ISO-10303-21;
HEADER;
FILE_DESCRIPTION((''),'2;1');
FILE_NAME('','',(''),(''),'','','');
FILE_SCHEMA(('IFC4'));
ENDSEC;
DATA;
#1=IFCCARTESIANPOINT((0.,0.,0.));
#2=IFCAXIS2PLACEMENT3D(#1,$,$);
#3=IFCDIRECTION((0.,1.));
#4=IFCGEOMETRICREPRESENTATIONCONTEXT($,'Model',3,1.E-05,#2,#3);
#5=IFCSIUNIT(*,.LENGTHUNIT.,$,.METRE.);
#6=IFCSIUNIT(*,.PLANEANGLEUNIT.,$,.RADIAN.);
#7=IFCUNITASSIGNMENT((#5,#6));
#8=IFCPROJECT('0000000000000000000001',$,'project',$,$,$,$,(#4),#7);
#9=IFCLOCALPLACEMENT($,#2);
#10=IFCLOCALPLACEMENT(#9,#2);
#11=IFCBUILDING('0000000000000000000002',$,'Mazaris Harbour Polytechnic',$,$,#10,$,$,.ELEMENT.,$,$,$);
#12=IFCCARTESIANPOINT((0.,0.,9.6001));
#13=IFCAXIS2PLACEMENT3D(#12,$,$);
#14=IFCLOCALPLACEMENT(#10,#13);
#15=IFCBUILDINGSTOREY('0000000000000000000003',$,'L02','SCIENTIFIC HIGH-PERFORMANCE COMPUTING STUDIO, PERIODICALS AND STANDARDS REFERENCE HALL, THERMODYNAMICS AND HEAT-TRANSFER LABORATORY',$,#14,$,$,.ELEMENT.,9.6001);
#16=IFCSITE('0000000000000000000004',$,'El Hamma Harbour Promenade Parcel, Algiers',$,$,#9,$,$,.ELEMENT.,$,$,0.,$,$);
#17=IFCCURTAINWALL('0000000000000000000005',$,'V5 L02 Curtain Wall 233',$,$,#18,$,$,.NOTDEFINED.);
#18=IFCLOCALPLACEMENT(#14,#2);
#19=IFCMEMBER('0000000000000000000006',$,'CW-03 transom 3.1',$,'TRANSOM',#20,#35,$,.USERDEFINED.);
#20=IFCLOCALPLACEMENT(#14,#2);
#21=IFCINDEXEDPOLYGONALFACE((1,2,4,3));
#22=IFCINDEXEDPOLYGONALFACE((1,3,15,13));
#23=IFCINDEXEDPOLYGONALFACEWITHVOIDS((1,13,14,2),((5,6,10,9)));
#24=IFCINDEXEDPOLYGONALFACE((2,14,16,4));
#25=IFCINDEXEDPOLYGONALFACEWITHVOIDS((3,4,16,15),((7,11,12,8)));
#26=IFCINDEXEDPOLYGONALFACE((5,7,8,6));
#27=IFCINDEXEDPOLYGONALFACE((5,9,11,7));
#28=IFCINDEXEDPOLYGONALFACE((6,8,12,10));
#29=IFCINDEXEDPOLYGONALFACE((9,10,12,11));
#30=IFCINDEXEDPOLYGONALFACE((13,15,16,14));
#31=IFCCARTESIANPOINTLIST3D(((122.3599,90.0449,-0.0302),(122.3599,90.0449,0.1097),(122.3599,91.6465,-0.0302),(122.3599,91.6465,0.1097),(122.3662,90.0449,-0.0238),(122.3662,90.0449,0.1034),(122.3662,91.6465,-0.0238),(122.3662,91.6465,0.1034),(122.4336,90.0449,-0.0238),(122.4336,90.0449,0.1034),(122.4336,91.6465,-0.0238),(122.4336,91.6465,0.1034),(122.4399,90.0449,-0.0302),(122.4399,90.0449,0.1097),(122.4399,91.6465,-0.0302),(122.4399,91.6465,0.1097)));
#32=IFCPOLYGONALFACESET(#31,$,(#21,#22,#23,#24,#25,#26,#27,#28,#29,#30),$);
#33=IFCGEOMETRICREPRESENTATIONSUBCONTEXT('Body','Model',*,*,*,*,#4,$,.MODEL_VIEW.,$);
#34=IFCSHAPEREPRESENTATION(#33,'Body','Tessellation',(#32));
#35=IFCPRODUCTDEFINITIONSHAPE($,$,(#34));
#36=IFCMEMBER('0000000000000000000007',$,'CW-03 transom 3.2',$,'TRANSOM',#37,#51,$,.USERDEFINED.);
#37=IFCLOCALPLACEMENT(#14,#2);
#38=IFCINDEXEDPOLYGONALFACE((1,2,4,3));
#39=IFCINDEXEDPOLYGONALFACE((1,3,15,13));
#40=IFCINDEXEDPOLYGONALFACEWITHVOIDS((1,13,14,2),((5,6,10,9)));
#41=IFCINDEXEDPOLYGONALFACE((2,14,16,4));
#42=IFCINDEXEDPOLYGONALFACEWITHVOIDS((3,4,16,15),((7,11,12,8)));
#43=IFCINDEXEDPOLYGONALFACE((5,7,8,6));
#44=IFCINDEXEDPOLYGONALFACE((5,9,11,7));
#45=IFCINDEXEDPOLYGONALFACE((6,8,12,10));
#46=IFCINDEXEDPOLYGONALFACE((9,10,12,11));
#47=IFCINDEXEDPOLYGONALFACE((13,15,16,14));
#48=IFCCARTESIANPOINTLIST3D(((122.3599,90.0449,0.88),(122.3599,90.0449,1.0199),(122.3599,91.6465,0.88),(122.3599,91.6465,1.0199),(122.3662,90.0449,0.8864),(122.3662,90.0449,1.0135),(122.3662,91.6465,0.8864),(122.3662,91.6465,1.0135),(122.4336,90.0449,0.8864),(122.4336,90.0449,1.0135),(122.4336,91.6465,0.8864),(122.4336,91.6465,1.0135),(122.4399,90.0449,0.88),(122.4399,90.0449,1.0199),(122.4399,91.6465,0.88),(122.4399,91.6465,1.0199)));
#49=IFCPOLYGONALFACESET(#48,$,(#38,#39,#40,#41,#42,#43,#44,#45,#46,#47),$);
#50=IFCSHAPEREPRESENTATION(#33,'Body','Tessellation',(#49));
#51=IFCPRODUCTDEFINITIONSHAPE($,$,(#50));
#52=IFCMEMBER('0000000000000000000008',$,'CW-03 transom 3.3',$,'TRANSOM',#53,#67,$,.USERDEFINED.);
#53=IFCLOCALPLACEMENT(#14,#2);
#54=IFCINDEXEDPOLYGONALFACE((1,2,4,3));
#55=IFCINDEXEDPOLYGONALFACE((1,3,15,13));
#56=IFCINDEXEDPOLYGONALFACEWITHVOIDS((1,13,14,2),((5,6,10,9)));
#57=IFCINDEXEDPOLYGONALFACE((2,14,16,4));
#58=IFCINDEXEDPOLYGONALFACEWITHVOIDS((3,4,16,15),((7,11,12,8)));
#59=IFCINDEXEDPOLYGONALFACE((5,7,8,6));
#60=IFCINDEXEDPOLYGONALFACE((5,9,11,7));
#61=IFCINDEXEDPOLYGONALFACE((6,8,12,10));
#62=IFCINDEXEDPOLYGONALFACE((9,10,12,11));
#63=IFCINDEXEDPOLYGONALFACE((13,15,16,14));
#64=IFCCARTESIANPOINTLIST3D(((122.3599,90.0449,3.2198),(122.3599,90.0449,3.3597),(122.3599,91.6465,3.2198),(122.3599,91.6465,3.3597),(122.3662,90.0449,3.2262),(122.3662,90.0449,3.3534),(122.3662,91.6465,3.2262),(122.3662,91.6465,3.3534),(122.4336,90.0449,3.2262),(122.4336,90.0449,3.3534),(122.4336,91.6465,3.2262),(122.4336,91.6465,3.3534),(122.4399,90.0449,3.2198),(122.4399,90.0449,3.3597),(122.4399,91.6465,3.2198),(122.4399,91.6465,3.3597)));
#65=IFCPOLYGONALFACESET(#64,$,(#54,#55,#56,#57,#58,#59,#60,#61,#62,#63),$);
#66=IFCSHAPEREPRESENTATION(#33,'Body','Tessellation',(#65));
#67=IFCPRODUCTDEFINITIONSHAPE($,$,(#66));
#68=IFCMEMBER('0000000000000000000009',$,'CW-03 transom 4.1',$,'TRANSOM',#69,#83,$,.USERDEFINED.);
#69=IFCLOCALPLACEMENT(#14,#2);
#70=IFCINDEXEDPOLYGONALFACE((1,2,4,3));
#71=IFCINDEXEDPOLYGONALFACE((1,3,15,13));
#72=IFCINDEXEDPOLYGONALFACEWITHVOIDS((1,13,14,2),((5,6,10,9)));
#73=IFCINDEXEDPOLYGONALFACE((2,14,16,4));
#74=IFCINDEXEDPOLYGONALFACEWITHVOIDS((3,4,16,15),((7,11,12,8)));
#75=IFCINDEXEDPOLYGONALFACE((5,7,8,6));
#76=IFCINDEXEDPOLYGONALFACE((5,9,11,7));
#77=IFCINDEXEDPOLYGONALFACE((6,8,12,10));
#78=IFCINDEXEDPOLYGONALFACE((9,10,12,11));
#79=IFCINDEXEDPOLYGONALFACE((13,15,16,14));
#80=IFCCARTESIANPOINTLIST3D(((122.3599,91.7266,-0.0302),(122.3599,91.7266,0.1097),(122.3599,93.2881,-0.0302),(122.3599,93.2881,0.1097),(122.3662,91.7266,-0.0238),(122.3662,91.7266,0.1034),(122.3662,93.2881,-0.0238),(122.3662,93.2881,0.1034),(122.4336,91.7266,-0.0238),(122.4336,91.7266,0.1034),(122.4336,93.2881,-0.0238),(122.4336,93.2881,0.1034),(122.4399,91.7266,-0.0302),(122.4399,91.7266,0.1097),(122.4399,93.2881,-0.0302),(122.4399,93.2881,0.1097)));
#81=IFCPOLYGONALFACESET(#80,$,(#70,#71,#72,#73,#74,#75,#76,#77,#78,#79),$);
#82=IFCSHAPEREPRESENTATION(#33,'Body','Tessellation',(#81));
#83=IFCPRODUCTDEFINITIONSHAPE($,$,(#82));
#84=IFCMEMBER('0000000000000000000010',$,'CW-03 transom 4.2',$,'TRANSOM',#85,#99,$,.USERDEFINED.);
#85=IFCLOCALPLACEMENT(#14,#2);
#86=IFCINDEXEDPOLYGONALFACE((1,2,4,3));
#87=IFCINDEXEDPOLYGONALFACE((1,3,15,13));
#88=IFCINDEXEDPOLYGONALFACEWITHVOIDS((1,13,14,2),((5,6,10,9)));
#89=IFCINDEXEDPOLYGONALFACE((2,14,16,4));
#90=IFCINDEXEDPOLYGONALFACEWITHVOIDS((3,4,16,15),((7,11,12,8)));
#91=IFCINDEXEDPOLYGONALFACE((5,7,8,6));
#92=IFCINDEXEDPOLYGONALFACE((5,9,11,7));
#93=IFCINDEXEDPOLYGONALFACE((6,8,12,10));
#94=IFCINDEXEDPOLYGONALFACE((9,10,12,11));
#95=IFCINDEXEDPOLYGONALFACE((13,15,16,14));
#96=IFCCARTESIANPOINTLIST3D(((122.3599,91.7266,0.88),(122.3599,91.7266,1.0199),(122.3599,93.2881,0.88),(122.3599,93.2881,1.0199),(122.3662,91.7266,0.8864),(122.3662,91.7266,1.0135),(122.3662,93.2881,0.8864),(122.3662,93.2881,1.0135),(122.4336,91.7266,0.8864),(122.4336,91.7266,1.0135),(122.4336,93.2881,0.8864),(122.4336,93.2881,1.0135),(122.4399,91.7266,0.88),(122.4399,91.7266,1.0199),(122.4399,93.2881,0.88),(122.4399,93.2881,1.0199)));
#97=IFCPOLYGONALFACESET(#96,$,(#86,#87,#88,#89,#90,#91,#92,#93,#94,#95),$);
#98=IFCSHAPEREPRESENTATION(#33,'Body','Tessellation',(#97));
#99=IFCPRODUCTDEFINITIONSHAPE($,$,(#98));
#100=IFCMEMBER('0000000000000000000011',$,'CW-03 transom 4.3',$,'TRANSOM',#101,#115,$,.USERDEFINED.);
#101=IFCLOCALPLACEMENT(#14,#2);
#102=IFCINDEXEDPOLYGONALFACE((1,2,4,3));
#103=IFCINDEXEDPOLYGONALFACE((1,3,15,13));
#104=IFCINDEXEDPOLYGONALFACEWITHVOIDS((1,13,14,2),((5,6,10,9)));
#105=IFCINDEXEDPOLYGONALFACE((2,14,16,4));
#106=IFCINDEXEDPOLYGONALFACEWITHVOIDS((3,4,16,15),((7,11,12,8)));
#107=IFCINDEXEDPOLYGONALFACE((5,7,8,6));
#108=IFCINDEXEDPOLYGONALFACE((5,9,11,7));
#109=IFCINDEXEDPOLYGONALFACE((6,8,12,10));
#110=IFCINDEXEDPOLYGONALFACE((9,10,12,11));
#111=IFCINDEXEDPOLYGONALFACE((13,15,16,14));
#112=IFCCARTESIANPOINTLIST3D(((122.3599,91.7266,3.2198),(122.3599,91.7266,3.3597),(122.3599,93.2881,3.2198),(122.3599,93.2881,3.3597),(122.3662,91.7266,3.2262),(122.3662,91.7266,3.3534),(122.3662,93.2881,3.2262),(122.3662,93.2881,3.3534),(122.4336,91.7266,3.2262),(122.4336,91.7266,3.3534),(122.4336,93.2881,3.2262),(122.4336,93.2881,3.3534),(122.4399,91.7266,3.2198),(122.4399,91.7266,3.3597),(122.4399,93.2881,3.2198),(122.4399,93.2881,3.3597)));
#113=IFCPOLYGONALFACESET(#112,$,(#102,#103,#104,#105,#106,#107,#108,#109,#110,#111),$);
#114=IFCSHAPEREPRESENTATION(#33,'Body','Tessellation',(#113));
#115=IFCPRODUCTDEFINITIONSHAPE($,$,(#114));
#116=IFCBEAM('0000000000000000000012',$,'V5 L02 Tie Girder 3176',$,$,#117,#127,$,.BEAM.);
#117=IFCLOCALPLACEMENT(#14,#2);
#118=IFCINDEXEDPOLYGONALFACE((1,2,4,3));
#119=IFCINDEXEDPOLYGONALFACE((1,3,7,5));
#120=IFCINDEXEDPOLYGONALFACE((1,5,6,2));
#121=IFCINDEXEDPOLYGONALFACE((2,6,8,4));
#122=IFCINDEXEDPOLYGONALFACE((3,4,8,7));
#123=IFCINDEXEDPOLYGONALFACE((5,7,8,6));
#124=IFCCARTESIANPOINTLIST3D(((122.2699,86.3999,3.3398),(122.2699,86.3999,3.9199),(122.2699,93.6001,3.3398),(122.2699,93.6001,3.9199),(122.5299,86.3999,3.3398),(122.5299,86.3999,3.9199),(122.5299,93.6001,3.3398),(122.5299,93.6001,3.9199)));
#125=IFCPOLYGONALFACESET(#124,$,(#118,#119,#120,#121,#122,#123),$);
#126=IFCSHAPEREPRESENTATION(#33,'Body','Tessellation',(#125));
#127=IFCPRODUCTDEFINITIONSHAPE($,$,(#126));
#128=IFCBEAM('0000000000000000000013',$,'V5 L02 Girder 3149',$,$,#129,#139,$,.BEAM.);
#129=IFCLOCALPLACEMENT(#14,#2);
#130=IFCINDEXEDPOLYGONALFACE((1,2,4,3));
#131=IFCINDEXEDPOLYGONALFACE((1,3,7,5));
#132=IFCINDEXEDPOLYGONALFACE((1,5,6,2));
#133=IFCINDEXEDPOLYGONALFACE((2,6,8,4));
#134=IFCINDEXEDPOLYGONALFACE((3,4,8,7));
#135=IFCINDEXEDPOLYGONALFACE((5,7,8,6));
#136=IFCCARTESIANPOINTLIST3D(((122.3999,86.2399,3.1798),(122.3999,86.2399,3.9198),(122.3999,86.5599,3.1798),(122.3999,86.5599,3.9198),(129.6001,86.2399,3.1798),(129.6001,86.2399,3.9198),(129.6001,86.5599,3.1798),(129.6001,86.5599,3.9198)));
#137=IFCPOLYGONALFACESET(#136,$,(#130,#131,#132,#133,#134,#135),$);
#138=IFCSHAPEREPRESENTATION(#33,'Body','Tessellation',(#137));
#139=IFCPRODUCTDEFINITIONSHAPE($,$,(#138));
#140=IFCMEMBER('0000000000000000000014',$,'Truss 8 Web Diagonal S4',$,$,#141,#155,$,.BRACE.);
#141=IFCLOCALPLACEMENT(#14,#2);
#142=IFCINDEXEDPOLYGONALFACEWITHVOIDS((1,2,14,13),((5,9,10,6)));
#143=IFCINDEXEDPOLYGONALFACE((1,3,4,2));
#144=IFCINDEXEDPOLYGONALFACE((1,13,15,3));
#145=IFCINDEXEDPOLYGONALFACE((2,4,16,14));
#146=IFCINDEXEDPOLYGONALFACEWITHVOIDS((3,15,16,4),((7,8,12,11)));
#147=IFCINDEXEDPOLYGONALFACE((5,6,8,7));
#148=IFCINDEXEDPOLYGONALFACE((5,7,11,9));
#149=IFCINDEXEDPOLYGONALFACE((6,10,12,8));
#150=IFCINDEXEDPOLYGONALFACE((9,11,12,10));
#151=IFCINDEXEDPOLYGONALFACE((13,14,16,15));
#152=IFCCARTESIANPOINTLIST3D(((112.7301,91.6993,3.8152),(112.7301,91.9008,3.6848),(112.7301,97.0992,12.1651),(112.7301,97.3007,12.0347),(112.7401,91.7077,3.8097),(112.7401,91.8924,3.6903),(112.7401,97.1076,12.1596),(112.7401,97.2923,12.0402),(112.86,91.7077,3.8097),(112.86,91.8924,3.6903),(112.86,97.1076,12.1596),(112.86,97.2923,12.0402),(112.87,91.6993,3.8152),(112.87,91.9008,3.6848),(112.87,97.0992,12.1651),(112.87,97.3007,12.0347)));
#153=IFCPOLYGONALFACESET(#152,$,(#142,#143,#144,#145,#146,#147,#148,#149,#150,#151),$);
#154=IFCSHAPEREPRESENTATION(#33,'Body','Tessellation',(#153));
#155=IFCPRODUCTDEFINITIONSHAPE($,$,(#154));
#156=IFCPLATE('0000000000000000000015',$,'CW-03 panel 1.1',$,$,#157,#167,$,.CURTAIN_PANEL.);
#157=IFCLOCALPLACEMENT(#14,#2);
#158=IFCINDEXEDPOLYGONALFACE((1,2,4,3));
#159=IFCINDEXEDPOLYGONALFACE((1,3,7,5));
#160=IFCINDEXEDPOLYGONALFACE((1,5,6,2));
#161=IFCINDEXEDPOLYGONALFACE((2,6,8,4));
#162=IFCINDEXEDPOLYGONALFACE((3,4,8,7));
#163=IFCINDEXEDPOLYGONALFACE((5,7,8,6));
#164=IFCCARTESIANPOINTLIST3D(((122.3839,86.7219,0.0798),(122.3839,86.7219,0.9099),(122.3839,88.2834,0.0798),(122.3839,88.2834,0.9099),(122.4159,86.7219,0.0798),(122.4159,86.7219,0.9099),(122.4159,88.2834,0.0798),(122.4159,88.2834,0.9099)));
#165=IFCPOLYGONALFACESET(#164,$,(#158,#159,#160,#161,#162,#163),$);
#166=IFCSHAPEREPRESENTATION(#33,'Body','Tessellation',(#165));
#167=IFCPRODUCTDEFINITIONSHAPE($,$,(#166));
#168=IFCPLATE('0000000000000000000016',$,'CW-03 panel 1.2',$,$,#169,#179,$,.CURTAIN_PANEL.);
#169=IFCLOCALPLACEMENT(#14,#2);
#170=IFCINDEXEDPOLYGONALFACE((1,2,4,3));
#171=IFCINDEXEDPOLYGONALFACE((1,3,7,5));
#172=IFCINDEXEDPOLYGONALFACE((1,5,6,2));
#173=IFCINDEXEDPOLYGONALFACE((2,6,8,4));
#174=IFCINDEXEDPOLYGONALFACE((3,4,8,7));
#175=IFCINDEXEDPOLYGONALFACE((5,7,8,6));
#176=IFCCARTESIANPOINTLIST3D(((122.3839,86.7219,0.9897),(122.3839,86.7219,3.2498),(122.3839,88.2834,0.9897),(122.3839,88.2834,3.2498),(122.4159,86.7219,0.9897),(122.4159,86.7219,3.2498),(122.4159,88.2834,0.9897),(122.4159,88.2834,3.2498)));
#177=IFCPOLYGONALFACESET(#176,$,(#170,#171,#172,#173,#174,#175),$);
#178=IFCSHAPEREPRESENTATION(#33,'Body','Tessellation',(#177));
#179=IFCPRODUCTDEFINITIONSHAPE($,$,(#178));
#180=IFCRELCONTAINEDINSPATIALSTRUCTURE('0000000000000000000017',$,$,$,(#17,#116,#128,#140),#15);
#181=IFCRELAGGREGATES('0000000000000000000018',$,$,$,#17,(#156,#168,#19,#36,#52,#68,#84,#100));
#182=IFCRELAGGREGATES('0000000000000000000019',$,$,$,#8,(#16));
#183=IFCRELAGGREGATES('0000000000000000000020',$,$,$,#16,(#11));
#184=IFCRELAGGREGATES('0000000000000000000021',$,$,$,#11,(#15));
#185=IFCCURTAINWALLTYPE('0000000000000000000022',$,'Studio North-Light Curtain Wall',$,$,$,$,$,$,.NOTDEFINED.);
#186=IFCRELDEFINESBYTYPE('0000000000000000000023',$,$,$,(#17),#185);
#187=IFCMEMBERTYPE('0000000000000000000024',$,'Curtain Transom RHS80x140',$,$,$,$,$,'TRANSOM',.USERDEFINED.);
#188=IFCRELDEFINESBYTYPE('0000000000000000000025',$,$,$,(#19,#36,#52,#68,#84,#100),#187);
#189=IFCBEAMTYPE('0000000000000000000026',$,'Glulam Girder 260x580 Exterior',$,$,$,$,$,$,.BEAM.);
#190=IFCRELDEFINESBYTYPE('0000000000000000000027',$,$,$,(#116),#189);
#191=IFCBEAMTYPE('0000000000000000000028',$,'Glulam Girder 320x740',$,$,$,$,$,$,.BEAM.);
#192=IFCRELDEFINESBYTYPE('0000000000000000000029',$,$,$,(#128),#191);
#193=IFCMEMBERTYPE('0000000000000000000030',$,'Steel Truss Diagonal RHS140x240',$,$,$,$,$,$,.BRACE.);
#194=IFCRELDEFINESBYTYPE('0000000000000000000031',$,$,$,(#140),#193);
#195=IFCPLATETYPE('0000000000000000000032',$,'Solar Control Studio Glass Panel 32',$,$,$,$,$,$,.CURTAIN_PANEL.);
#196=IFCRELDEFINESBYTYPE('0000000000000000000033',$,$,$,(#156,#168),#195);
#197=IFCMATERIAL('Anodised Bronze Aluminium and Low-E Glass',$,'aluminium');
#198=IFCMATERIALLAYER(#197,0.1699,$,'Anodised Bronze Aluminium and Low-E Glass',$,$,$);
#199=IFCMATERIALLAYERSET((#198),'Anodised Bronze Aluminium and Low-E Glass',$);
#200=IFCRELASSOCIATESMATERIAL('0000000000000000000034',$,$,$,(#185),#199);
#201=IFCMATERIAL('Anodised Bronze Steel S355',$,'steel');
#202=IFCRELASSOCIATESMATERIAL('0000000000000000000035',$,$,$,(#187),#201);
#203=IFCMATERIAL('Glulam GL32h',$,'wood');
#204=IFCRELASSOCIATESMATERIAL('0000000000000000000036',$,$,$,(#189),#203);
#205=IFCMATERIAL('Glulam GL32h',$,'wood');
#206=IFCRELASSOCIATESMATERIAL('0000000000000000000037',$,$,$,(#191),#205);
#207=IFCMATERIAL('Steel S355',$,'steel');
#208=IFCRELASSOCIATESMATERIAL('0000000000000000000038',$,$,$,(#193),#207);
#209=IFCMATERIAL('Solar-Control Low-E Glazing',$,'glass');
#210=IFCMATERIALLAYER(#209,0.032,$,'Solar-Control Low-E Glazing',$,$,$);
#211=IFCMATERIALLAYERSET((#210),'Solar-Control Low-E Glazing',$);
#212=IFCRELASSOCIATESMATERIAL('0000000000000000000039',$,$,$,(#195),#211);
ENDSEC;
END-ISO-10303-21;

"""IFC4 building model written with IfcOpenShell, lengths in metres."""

from ifc_helpers import new_model, si_unit, direction, frame, origin, origin_2d, place, context, subcontext, project, spatial, rectangle, hollow_rectangle, extrude, material, layer, layer_set, material_profile, profile_set, type_object, element, aggregate, save


model = new_model("IFC4")

# Units and contexts
model_context = context("Model", 3, precision=1e-05, world=origin(), true_north=direction((0.0, 1.0)))
body_context = subcontext(model_context, "Body", "Model", "MODEL_VIEW")
ifc_project = project(units=[si_unit("LENGTHUNIT", "METRE"), si_unit("PLANEANGLEUNIT", "RADIAN")], contexts=[model_context])

# Site, building, storey
site_placement = place(None, origin())
site = spatial("IfcSite", under=ifc_project, at=site_placement, Name="El Hamma Harbour Promenade Parcel, Algiers", CompositionType="ELEMENT", RefElevation=0.0)
building_placement = place(site_placement, origin())
building = spatial("IfcBuilding", under=site, at=building_placement, Name="Mazaris Harbour Polytechnic", CompositionType="ELEMENT")
storey_placement = place(building_placement, frame((0.0, 0.0, 9.6001)))
storey = spatial("IfcBuildingStorey", under=building, at=storey_placement, Name="L02", Description="SCIENTIFIC HIGH-PERFORMANCE COMPUTING STUDIO, PERIODICALS AND STANDARDS REFERENCE HALL, THERMODYNAMICS AND HEAT-TRANSFER LABORATORY", CompositionType="ELEMENT", Elevation=9.6001)

# Curtain wall, members
ifc_material_1 = material(Name="Anodised Bronze Aluminium and Low-E Glass", Category="aluminium")
ifc_layer_1 = layer(ifc_material_1, 0.1699, Name="Anodised Bronze Aluminium and Low-E Glass")
ifc_layer_set_1 = layer_set([ifc_layer_1], Name="Anodised Bronze Aluminium and Low-E Glass")
curtain_wall_type = type_object("IfcCurtainWallType", Name="Studio North-Light Curtain Wall", PredefinedType="NOTDEFINED", material=ifc_layer_set_1)
curtain_wall_placement = place(storey_placement, origin())
curtain_wall = element("IfcCurtainWall", 1, at=curtain_wall_placement, inside=storey, type_object=curtain_wall_type, Name="V5 L02 Curtain Wall 233", PredefinedType="NOTDEFINED")
ifc_material_2 = material(Name="Anodised Bronze Steel S355", Category="steel")
ifc_material_profile_1 = material_profile(ifc_material_2, hollow_rectangle(XDim=0.0801, YDim=0.1399, WallThickness=0.0063, at=origin_2d()), Name="RHS 80x140x6.3")
ifc_profile_set_1 = profile_set([ifc_material_profile_1], Name="Anodised Bronze Steel S355")
member_type_1 = type_object("IfcMemberType", Name="Curtain Transom RHS80x140", ElementType="TRANSOM", PredefinedType="USERDEFINED", material=ifc_profile_set_1)
member_1_placement = place(storey_placement, frame((122.3999, 90.0449, 0.0398), z_axis=(0.0, 1.0, 0.0), x_axis=(-1.0, 0.0, 0.0)))
member_1 = element("IfcMember", 2, at=member_1_placement, type_object=member_type_1, Name="CW-03 transom 3.1", ObjectType="TRANSOM", PredefinedType="USERDEFINED", context=body_context, shape_type="SweptSolid", body=[
    extrude(hollow_rectangle(XDim=0.0801, YDim=0.1399, WallThickness=0.0063, at=origin_2d()), origin(), (0.0, 0.0, 1.0), 1.6016),
])
member_2_placement = place(storey_placement, frame((122.3999, 90.0449, 0.95), z_axis=(0.0, 1.0, 0.0), x_axis=(-1.0, 0.0, 0.0)))
member_2 = element("IfcMember", 3, at=member_2_placement, type_object=member_type_1, Name="CW-03 transom 3.2", ObjectType="TRANSOM", PredefinedType="USERDEFINED", context=body_context, shape_type="SweptSolid", body=[
    extrude(hollow_rectangle(XDim=0.0801, YDim=0.1399, WallThickness=0.0063, at=origin_2d()), origin(), (0.0, 0.0, 1.0), 1.6016),
])
member_3_placement = place(storey_placement, frame((122.3999, 90.0449, 3.2898), z_axis=(0.0, 1.0, 0.0), x_axis=(-1.0, 0.0, 0.0)))
member_3 = element("IfcMember", 4, at=member_3_placement, type_object=member_type_1, Name="CW-03 transom 3.3", ObjectType="TRANSOM", PredefinedType="USERDEFINED", context=body_context, shape_type="SweptSolid", body=[
    extrude(hollow_rectangle(XDim=0.0801, YDim=0.1399, WallThickness=0.0063, at=origin_2d()), origin(), (0.0, 0.0, 1.0), 1.6016),
])
member_4_placement = place(storey_placement, frame((122.3999, 91.7266, 0.0398), z_axis=(0.0, 1.0, 0.0), x_axis=(-1.0, 0.0, 0.0)))
member_4 = element("IfcMember", 5, at=member_4_placement, type_object=member_type_1, Name="CW-03 transom 4.1", ObjectType="TRANSOM", PredefinedType="USERDEFINED", context=body_context, shape_type="SweptSolid", body=[
    extrude(hollow_rectangle(XDim=0.0801, YDim=0.1399, WallThickness=0.0063, at=origin_2d()), origin(), (0.0, 0.0, 1.0), 1.5615),
])
member_5_placement = place(storey_placement, frame((122.3999, 91.7266, 0.95), z_axis=(0.0, 1.0, 0.0), x_axis=(-1.0, 0.0, 0.0)))
member_5 = element("IfcMember", 6, at=member_5_placement, type_object=member_type_1, Name="CW-03 transom 4.2", ObjectType="TRANSOM", PredefinedType="USERDEFINED", context=body_context, shape_type="SweptSolid", body=[
    extrude(hollow_rectangle(XDim=0.0801, YDim=0.1399, WallThickness=0.0063, at=origin_2d()), origin(), (0.0, 0.0, 1.0), 1.5615),
])
member_6_placement = place(storey_placement, frame((122.3999, 91.7266, 3.2898), z_axis=(0.0, 1.0, 0.0), x_axis=(-1.0, 0.0, 0.0)))
member_6 = element("IfcMember", 7, at=member_6_placement, type_object=member_type_1, Name="CW-03 transom 4.3", ObjectType="TRANSOM", PredefinedType="USERDEFINED", context=body_context, shape_type="SweptSolid", body=[
    extrude(hollow_rectangle(XDim=0.0801, YDim=0.1399, WallThickness=0.0063, at=origin_2d()), origin(), (0.0, 0.0, 1.0), 1.5615),
])

# Beams
ifc_material_3 = material(Name="Glulam GL32h", Category="wood")
ifc_material_profile_2 = material_profile(ifc_material_3, rectangle(XDim=0.26, YDim=0.5801, at=origin_2d()), Name="RECT260x580")
ifc_profile_set_2 = profile_set([ifc_material_profile_2], Name="Glulam GL32h")
beam_type_1 = type_object("IfcBeamType", Name="Glulam Girder 260x580 Exterior", PredefinedType="BEAM", material=ifc_profile_set_2)
beam_1_placement = place(storey_placement, frame((122.3999, 86.3999, 3.6299), z_axis=(0.0, 1.0, 0.0), x_axis=(-1.0, 0.0, 0.0)))
element("IfcBeam", 8, at=beam_1_placement, inside=storey, type_object=beam_type_1, Name="V5 L02 Tie Girder 3176", PredefinedType="BEAM", context=body_context, shape_type="SweptSolid", body=[
    extrude(rectangle(XDim=0.26, YDim=0.5801, at=origin_2d()), origin(), (0.0, 0.0, 1.0), 7.2002),
])
ifc_material_4 = material(Name="Glulam GL32h", Category="wood")
ifc_material_profile_3 = material_profile(ifc_material_4, rectangle(XDim=0.3201, YDim=0.74, at=origin_2d()), Name="RECT320x740")
ifc_profile_set_3 = profile_set([ifc_material_profile_3], Name="Glulam GL32h")
beam_type_2 = type_object("IfcBeamType", Name="Glulam Girder 320x740", PredefinedType="BEAM", material=ifc_profile_set_3)
beam_2_placement = place(storey_placement, frame((122.3999, 86.3999, 3.5498), z_axis=(1.0, 0.0, 0.0), x_axis=(0.0, 1.0, 0.0)))
element("IfcBeam", 9, at=beam_2_placement, inside=storey, type_object=beam_type_2, Name="V5 L02 Girder 3149", PredefinedType="BEAM", context=body_context, shape_type="SweptSolid", body=[
    extrude(rectangle(XDim=0.3201, YDim=0.74, at=origin_2d()), origin(), (0.0, 0.0, 1.0), 7.2002),
])

# Member
ifc_material_5 = material(Name="Steel S355", Category="steel")
ifc_material_profile_4 = material_profile(ifc_material_5, hollow_rectangle(XDim=0.1399, YDim=0.24, WallThickness=0.01, at=origin_2d()), Name="RHS 140x240x10.0")
ifc_profile_set_4 = profile_set([ifc_material_profile_4], Name="Steel S355")
member_type_2 = type_object("IfcMemberType", Name="Steel Truss Diagonal RHS140x240", PredefinedType="BRACE", material=ifc_profile_set_4)
member_7_placement = place(storey_placement, frame((112.8, 91.8, 3.75), z_axis=(0.0, 0.543043, 0.839705), x_axis=(-1.0, 0.0, 0.0)))
element("IfcMember", 10, at=member_7_placement, inside=storey, type_object=member_type_2, Name="Truss 8 Web Diagonal S4", PredefinedType="BRACE", context=body_context, shape_type="SweptSolid", body=[
    extrude(hollow_rectangle(XDim=0.1399, YDim=0.24, WallThickness=0.01, at=origin_2d()), origin(), (0.0, 0.0, 1.0), 9.9438),
])

# Plates
ifc_material_6 = material(Name="Solar-Control Low-E Glazing", Category="glass")
ifc_layer_2 = layer(ifc_material_6, 0.032, Name="Solar-Control Low-E Glazing")
ifc_layer_set_2 = layer_set([ifc_layer_2], Name="Solar-Control Low-E Glazing")
plate_type = type_object("IfcPlateType", Name="Solar Control Studio Glass Panel 32", PredefinedType="CURTAIN_PANEL", material=ifc_layer_set_2)
plate_1_placement = place(storey_placement, frame((122.3999, 87.5027, 0.0798), z_axis=(0.0, 0.0, 1.0), x_axis=(0.0, 1.0, 0.0)))
plate_1 = element("IfcPlate", 11, at=plate_1_placement, type_object=plate_type, Name="CW-03 panel 1.1", PredefinedType="CURTAIN_PANEL", context=body_context, shape_type="SweptSolid", body=[
    extrude(rectangle(XDim=1.5615, YDim=0.032, at=origin_2d()), origin(), (0.0, 0.0, 1.0), 0.8301),
])
plate_2_placement = place(storey_placement, frame((122.3999, 87.5027, 0.9897), z_axis=(0.0, 0.0, 1.0), x_axis=(0.0, 1.0, 0.0)))
plate_2 = element("IfcPlate", 12, at=plate_2_placement, type_object=plate_type, Name="CW-03 panel 1.2", PredefinedType="CURTAIN_PANEL", context=body_context, shape_type="SweptSolid", body=[
    extrude(rectangle(XDim=1.5615, YDim=0.032, at=origin_2d()), origin(), (0.0, 0.0, 1.0), 2.26),
])
aggregate(curtain_wall, [plate_1, plate_2, member_1, member_2, member_3, member_4, member_5, member_6])

save(model, "model.ifc")
